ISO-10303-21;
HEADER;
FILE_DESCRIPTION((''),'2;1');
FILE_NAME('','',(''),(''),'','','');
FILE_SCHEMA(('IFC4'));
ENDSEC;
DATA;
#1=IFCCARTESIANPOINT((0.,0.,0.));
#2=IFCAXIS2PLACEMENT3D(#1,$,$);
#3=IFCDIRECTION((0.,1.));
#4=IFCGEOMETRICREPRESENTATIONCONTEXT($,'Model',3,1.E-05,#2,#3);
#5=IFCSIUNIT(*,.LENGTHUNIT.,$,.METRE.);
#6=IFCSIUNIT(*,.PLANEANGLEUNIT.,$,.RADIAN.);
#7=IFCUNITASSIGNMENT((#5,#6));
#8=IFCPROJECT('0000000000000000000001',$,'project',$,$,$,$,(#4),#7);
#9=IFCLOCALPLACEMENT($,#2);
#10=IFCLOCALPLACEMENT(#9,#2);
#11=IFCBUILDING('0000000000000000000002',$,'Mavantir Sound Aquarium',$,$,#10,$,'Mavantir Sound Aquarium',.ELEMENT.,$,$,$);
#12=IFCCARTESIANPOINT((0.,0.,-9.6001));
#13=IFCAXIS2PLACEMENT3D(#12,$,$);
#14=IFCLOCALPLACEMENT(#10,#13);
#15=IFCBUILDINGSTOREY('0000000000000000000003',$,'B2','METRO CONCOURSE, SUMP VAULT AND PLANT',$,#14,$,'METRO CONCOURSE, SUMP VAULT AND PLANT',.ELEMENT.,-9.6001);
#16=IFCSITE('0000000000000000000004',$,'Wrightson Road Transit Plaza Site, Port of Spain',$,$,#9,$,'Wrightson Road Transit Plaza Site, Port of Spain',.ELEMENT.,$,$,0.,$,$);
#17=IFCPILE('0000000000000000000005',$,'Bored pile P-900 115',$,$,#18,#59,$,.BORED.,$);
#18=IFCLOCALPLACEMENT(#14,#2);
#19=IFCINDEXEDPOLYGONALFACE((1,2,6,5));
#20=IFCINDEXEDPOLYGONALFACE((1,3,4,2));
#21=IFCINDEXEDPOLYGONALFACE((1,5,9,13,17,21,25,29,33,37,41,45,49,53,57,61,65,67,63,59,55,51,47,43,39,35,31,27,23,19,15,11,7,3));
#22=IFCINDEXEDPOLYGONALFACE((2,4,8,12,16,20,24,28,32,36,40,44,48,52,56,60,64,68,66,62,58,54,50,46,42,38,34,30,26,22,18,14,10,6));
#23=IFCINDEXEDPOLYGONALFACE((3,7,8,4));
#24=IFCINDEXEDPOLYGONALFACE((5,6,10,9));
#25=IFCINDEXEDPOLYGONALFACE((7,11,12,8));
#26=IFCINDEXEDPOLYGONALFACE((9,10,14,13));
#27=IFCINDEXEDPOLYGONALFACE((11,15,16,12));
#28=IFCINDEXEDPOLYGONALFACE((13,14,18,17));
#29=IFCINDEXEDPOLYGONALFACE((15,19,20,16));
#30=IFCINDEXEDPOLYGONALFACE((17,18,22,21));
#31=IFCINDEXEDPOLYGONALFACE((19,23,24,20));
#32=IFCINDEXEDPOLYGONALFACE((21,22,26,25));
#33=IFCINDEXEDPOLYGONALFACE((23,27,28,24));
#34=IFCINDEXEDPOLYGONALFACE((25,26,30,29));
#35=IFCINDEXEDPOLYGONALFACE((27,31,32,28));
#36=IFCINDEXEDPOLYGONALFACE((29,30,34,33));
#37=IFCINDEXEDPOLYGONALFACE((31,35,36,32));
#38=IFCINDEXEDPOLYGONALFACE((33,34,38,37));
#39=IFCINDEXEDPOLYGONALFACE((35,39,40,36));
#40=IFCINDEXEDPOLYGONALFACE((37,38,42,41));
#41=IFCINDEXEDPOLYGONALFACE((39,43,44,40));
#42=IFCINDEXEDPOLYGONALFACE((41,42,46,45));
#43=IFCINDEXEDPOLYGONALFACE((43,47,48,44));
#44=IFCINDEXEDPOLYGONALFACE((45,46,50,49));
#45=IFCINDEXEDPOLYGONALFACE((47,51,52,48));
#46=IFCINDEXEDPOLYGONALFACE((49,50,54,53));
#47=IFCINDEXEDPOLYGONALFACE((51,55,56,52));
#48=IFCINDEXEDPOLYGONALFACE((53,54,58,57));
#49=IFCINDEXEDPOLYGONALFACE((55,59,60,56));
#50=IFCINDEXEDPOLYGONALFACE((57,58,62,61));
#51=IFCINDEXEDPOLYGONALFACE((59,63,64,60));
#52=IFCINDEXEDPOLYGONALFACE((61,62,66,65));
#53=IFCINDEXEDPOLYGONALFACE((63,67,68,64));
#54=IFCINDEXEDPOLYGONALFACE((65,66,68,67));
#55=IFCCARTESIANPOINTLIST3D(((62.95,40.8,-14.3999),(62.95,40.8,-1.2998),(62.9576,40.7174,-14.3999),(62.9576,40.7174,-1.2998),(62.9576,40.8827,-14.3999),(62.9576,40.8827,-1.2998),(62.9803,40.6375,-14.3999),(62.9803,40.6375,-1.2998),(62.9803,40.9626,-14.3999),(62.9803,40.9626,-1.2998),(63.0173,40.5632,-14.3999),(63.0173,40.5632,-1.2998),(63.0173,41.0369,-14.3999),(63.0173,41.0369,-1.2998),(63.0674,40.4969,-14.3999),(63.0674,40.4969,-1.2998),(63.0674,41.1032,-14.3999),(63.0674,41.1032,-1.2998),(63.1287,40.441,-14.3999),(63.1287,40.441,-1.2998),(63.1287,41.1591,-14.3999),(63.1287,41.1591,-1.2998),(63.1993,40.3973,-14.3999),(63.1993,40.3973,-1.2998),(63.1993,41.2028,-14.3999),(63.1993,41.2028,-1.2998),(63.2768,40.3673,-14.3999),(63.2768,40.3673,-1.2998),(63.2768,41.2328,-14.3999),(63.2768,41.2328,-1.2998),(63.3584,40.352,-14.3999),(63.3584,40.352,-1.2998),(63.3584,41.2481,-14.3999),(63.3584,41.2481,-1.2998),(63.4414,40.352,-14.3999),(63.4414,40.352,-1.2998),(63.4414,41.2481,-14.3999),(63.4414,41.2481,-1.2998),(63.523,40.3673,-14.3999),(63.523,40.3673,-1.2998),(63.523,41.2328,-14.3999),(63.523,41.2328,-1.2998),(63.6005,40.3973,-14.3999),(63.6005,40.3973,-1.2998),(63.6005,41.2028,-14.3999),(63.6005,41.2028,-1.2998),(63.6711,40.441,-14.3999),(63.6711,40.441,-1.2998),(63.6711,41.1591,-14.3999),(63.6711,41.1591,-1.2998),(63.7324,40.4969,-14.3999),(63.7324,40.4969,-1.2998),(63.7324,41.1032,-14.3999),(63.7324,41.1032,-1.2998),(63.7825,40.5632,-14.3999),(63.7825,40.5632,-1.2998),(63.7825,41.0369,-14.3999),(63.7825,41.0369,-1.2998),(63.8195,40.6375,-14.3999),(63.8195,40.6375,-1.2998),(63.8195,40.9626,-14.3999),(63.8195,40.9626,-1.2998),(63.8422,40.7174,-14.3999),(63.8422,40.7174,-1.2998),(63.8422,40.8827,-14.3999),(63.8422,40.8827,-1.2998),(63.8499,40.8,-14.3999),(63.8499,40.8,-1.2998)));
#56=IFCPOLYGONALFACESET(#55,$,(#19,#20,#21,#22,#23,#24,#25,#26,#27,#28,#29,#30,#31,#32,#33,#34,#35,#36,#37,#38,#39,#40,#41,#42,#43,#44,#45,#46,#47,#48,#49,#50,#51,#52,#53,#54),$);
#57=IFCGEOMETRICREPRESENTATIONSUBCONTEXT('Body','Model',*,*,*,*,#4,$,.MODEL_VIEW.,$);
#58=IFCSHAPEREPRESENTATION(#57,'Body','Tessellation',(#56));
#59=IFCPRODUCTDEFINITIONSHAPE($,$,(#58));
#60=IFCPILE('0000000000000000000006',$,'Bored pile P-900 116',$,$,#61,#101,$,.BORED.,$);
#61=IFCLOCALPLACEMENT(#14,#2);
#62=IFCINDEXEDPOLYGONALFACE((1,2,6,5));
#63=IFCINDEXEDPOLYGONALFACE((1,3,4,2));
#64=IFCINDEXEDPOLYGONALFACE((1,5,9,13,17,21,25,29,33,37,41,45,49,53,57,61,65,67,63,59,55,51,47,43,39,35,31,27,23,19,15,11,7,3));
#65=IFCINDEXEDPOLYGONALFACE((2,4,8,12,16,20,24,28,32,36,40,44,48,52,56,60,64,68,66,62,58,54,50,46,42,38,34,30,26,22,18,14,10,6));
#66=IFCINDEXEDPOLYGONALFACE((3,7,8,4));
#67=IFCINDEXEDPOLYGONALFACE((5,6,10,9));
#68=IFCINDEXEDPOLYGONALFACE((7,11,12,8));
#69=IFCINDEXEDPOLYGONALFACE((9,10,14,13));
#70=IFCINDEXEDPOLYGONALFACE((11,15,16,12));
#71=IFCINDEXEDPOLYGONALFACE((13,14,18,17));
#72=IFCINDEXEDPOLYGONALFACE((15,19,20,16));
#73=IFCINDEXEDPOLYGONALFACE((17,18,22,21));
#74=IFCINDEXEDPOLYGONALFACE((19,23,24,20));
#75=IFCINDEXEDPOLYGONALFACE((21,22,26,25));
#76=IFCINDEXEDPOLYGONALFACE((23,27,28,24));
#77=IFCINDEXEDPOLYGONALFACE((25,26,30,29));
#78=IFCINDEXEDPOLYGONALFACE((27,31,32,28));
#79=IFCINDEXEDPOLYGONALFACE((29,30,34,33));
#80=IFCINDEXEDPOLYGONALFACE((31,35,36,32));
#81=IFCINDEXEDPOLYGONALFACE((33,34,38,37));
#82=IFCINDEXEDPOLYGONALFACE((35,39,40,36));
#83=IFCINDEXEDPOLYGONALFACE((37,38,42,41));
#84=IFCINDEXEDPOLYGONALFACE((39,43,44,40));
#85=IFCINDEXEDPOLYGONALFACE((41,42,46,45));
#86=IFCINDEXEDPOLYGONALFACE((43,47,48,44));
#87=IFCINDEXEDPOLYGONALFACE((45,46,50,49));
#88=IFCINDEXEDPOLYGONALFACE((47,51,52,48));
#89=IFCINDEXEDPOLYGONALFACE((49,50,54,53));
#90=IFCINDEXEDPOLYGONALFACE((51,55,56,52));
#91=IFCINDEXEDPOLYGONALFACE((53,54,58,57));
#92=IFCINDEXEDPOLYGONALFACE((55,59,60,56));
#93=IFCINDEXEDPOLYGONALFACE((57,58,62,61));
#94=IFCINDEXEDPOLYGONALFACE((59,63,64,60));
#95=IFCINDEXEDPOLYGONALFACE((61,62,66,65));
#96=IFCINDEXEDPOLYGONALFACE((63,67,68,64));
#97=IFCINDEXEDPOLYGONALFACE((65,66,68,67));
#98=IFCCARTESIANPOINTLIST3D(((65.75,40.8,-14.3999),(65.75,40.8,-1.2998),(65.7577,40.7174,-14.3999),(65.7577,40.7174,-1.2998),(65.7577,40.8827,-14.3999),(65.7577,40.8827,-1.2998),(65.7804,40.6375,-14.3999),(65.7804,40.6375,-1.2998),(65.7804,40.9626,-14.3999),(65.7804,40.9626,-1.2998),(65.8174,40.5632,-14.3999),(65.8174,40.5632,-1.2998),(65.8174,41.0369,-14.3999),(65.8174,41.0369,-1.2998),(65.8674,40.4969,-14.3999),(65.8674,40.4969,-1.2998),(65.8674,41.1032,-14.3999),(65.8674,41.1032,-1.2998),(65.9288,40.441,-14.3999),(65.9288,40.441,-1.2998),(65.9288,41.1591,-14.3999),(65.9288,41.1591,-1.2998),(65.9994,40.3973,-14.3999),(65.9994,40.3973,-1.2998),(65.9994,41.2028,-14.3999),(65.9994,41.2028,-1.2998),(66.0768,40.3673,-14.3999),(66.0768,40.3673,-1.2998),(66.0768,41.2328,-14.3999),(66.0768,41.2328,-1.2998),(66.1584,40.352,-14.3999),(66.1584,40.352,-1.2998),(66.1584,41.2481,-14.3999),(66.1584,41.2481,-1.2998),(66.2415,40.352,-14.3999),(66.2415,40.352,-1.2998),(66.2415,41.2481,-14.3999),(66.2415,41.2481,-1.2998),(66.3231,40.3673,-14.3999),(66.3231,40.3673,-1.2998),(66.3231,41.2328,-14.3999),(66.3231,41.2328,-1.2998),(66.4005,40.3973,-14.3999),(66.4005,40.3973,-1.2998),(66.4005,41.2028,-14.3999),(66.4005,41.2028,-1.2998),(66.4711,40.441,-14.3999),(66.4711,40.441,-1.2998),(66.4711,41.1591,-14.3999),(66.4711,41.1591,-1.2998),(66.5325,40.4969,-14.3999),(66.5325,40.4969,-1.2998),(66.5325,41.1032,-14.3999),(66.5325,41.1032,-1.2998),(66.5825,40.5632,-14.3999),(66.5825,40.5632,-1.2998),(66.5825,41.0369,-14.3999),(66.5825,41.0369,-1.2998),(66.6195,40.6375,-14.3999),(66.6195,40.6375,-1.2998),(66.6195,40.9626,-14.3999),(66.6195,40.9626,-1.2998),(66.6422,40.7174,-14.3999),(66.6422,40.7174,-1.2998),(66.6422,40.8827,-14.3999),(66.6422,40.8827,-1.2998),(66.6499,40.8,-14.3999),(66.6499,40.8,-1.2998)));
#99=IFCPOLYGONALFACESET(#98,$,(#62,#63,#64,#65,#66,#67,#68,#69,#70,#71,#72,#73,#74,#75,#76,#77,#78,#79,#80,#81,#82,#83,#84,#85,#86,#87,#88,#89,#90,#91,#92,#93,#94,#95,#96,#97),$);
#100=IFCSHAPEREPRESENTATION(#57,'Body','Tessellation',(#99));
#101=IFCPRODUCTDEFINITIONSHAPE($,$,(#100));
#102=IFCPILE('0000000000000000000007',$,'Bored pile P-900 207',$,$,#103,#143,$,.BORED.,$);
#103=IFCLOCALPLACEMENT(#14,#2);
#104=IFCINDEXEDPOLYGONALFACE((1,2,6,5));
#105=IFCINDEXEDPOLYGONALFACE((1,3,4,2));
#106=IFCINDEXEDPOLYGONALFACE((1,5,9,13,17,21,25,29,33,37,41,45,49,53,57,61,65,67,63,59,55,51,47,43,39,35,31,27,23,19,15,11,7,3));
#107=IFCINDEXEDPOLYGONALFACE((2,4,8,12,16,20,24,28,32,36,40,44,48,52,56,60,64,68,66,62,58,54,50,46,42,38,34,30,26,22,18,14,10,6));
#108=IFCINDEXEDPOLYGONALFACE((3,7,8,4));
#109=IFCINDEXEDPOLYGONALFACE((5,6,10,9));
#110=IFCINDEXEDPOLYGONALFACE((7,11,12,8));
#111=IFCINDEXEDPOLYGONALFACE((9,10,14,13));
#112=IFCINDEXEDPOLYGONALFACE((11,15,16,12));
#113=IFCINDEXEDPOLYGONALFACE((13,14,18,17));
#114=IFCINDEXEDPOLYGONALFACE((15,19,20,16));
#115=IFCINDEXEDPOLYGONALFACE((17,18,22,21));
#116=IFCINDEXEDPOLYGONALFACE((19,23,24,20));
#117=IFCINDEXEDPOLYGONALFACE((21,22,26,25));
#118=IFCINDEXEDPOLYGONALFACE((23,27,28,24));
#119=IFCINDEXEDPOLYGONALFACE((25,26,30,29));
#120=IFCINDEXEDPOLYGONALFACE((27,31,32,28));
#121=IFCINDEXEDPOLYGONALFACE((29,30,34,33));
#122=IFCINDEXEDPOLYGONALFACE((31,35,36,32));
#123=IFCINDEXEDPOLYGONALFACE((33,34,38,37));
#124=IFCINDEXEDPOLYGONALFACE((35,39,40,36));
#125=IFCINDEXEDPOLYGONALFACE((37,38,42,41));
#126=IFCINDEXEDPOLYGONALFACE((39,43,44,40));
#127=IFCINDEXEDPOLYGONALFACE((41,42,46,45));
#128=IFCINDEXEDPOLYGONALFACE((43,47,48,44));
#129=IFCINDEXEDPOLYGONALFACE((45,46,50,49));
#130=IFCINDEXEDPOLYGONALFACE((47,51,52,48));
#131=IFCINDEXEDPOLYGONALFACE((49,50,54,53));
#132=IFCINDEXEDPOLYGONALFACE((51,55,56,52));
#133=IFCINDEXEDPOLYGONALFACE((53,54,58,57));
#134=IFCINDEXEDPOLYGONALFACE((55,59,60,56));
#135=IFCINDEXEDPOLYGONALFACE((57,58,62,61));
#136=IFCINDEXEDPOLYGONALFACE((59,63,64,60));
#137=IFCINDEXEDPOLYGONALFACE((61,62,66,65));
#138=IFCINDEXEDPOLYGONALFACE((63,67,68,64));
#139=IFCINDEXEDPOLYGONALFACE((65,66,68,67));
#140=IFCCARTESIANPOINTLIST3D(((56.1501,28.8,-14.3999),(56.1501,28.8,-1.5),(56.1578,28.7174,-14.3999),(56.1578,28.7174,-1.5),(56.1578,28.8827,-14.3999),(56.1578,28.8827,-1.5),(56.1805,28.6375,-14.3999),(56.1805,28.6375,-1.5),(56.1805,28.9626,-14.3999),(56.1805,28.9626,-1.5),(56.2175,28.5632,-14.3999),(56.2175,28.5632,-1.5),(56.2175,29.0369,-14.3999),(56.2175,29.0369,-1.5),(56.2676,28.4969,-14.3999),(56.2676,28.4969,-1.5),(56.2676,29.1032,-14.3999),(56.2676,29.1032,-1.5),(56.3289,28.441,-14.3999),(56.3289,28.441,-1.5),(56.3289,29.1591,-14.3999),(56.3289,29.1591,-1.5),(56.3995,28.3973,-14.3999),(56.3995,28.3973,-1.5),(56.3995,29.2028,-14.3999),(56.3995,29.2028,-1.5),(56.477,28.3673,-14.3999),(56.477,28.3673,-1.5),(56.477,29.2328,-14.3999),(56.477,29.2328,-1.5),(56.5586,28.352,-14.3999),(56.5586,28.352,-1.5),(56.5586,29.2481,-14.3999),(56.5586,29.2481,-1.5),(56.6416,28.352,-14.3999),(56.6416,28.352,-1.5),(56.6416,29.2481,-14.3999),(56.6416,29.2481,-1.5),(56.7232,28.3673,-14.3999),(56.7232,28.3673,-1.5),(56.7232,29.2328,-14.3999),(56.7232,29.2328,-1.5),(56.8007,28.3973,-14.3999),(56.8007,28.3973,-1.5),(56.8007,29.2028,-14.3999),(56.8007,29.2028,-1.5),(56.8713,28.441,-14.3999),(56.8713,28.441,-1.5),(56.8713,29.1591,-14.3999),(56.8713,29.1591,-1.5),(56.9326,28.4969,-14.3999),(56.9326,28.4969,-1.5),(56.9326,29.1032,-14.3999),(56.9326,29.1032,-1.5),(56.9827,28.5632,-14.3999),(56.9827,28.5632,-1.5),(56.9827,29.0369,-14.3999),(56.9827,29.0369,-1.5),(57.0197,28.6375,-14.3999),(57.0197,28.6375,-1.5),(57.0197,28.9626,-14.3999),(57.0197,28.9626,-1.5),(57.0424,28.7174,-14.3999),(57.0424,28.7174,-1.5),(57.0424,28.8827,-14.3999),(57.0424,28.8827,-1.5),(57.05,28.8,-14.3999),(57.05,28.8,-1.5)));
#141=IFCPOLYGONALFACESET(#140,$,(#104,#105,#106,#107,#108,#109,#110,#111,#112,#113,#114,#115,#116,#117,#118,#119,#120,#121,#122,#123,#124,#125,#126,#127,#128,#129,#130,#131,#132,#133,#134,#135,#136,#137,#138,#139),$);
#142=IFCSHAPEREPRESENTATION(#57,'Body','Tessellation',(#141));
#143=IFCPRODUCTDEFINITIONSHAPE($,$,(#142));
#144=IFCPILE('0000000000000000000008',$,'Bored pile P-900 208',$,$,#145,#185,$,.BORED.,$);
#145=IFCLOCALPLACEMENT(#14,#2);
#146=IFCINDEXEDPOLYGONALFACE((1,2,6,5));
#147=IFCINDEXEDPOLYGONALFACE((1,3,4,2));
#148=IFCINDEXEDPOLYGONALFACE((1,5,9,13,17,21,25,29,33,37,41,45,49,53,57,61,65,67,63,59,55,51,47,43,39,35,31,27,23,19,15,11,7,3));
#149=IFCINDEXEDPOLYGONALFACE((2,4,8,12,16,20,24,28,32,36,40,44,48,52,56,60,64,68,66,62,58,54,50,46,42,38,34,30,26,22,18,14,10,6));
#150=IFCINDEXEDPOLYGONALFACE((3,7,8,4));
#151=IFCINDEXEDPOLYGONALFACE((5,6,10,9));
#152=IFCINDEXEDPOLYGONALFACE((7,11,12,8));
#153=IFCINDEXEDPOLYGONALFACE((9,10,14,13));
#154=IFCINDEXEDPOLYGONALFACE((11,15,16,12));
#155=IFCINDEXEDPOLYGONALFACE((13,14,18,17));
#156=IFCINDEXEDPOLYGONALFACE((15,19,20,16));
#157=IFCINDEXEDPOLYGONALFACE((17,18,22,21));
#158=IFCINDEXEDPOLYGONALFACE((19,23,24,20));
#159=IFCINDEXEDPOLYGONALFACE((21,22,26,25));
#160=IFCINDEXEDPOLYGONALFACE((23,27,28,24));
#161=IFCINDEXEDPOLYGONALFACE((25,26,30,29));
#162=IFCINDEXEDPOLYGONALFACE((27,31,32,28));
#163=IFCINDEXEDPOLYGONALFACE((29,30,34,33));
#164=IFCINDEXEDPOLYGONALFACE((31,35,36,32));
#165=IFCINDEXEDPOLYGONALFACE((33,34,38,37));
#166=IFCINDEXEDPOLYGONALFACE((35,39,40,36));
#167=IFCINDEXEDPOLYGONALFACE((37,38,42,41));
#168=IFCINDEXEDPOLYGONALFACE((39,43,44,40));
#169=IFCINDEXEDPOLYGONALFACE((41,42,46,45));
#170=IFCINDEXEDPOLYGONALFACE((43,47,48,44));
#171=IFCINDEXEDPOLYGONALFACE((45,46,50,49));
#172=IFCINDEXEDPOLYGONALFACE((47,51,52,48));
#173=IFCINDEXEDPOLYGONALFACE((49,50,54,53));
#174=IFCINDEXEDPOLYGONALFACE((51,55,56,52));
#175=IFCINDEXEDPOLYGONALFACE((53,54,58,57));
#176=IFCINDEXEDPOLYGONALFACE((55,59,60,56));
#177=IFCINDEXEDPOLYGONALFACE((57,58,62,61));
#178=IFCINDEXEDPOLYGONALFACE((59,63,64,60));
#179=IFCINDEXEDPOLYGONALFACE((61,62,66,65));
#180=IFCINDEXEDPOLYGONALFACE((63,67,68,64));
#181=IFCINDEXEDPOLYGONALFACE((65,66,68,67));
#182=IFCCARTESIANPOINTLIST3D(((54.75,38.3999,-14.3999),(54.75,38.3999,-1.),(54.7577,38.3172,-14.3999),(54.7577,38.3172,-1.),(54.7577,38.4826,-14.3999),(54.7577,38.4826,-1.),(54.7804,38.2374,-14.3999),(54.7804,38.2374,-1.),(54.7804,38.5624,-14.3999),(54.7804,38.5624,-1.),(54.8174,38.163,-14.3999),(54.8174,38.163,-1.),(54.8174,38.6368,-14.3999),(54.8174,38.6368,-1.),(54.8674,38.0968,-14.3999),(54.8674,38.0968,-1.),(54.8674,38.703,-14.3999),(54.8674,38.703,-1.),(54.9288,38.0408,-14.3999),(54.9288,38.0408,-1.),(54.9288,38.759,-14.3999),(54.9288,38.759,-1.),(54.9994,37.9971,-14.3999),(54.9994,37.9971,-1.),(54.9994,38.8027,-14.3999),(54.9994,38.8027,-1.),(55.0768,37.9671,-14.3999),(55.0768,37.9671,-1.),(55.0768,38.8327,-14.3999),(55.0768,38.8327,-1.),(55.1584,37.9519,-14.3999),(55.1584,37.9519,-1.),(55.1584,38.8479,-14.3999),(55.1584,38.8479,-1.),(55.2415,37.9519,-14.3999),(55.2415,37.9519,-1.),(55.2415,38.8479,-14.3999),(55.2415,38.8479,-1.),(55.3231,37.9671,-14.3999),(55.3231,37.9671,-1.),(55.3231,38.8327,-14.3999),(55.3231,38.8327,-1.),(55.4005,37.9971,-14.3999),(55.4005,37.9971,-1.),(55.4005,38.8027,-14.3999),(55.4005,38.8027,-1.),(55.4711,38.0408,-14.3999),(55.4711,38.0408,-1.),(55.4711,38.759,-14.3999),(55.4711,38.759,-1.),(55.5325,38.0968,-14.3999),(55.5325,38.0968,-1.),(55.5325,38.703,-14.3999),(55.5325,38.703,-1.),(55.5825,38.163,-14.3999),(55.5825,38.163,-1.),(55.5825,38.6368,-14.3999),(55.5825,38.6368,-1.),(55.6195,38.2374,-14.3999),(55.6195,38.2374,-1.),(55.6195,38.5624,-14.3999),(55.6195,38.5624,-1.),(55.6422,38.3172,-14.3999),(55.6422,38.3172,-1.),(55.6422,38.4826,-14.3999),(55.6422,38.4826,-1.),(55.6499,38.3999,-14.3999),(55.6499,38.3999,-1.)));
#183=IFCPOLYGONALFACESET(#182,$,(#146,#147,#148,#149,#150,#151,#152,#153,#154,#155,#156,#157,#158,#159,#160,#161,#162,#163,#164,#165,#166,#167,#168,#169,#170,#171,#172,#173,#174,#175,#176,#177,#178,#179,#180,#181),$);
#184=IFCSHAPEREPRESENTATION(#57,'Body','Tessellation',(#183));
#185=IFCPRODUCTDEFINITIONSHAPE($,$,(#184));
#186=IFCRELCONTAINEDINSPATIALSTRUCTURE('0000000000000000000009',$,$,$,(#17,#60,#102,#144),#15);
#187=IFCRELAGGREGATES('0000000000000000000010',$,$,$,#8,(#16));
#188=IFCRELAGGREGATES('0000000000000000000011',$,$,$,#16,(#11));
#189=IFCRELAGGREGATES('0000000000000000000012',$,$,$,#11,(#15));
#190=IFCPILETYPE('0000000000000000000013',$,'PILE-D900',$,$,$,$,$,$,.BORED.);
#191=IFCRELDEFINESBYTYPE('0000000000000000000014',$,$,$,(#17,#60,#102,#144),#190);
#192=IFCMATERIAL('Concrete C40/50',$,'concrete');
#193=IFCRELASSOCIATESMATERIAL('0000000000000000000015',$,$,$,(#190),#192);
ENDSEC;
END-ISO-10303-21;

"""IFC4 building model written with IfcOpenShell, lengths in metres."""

from ifc_helpers import new_model, si_unit, direction, frame, origin, origin_2d, place, context, subcontext, project, spatial, circle, extrude, material, material_profile, profile_set, type_object, element, save


model = new_model("IFC4")

# Units and contexts
model_context = context("Model", 3, precision=1e-05, world=origin(), true_north=direction((0.0, 1.0)))
body_context = subcontext(model_context, "Body", "Model", "MODEL_VIEW")
ifc_project = project(units=[si_unit("LENGTHUNIT", "METRE"), si_unit("PLANEANGLEUNIT", "RADIAN")], contexts=[model_context])

# Site, building, storey
site_placement = place(None, origin())
site = spatial("IfcSite", under=ifc_project, at=site_placement, Name="Wrightson Road Transit Plaza Site, Port of Spain", LongName="Wrightson Road Transit Plaza Site, Port of Spain", CompositionType="ELEMENT", RefElevation=0.0)
building_placement = place(site_placement, origin())
building = spatial("IfcBuilding", under=site, at=building_placement, Name="Mavantir Sound Aquarium", LongName="Mavantir Sound Aquarium", CompositionType="ELEMENT")
storey_placement = place(building_placement, frame((0.0, 0.0, -9.6001)))
storey = spatial("IfcBuildingStorey", under=building, at=storey_placement, Name="B2", Description="METRO CONCOURSE, SUMP VAULT AND PLANT", LongName="METRO CONCOURSE, SUMP VAULT AND PLANT", CompositionType="ELEMENT", Elevation=-9.6001)

# Shared definitions
ifc_material_1 = material(Name="Concrete C40/50", Category="concrete")

# Piles
ifc_material_profile_1 = material_profile(ifc_material_1, circle(Radius=0.45, at=origin_2d()), Name="PILE D900")
ifc_profile_set_1 = profile_set([ifc_material_profile_1], Name="Concrete C40/50")
pile_type = type_object("IfcPileType", Name="PILE-D900", PredefinedType="BORED", material=ifc_profile_set_1)
for number, where, z_axis, x_axis, name in (
    (1, (63.3999, 40.8, -1.2998), (0.0, 0.0, -1.0), (1.0, 0.0, 0.0), "Bored pile P-900 115"),
    (2, (66.2, 40.8, -1.2998), (0.0, 0.0, -1.0), (1.0, 0.0, 0.0), "Bored pile P-900 116"),
):
    element("IfcPile", number, at=place(storey_placement, frame(where, z_axis=z_axis, x_axis=x_axis)), inside=storey, type_object=pile_type, Name=name, PredefinedType="BORED", context=body_context, shape_type="SweptSolid", body=[
        extrude(circle(Radius=0.45, at=origin_2d()), origin(), (0.0, 0.0, 1.0), 13.1001),
    ])
pile_1_placement = place(storey_placement, frame((56.6001, 28.8, -1.5), z_axis=(0.0, 0.0, -1.0), x_axis=(1.0, 0.0, 0.0)))
element("IfcPile", 3, at=pile_1_placement, inside=storey, type_object=pile_type, Name="Bored pile P-900 207", PredefinedType="BORED", context=body_context, shape_type="SweptSolid", body=[
    extrude(circle(Radius=0.45, at=origin_2d()), origin(), (0.0, 0.0, 1.0), 12.8999),
])
pile_2_placement = place(storey_placement, frame((55.2, 38.3999, -1.0), z_axis=(0.0, 0.0, -1.0), x_axis=(1.0, 0.0, 0.0)))
element("IfcPile", 4, at=pile_2_placement, inside=storey, type_object=pile_type, Name="Bored pile P-900 208", PredefinedType="BORED", context=body_context, shape_type="SweptSolid", body=[
    extrude(circle(Radius=0.45, at=origin_2d()), origin(), (0.0, 0.0, 1.0), 13.3999),
])

save(model, "model.ifc")
